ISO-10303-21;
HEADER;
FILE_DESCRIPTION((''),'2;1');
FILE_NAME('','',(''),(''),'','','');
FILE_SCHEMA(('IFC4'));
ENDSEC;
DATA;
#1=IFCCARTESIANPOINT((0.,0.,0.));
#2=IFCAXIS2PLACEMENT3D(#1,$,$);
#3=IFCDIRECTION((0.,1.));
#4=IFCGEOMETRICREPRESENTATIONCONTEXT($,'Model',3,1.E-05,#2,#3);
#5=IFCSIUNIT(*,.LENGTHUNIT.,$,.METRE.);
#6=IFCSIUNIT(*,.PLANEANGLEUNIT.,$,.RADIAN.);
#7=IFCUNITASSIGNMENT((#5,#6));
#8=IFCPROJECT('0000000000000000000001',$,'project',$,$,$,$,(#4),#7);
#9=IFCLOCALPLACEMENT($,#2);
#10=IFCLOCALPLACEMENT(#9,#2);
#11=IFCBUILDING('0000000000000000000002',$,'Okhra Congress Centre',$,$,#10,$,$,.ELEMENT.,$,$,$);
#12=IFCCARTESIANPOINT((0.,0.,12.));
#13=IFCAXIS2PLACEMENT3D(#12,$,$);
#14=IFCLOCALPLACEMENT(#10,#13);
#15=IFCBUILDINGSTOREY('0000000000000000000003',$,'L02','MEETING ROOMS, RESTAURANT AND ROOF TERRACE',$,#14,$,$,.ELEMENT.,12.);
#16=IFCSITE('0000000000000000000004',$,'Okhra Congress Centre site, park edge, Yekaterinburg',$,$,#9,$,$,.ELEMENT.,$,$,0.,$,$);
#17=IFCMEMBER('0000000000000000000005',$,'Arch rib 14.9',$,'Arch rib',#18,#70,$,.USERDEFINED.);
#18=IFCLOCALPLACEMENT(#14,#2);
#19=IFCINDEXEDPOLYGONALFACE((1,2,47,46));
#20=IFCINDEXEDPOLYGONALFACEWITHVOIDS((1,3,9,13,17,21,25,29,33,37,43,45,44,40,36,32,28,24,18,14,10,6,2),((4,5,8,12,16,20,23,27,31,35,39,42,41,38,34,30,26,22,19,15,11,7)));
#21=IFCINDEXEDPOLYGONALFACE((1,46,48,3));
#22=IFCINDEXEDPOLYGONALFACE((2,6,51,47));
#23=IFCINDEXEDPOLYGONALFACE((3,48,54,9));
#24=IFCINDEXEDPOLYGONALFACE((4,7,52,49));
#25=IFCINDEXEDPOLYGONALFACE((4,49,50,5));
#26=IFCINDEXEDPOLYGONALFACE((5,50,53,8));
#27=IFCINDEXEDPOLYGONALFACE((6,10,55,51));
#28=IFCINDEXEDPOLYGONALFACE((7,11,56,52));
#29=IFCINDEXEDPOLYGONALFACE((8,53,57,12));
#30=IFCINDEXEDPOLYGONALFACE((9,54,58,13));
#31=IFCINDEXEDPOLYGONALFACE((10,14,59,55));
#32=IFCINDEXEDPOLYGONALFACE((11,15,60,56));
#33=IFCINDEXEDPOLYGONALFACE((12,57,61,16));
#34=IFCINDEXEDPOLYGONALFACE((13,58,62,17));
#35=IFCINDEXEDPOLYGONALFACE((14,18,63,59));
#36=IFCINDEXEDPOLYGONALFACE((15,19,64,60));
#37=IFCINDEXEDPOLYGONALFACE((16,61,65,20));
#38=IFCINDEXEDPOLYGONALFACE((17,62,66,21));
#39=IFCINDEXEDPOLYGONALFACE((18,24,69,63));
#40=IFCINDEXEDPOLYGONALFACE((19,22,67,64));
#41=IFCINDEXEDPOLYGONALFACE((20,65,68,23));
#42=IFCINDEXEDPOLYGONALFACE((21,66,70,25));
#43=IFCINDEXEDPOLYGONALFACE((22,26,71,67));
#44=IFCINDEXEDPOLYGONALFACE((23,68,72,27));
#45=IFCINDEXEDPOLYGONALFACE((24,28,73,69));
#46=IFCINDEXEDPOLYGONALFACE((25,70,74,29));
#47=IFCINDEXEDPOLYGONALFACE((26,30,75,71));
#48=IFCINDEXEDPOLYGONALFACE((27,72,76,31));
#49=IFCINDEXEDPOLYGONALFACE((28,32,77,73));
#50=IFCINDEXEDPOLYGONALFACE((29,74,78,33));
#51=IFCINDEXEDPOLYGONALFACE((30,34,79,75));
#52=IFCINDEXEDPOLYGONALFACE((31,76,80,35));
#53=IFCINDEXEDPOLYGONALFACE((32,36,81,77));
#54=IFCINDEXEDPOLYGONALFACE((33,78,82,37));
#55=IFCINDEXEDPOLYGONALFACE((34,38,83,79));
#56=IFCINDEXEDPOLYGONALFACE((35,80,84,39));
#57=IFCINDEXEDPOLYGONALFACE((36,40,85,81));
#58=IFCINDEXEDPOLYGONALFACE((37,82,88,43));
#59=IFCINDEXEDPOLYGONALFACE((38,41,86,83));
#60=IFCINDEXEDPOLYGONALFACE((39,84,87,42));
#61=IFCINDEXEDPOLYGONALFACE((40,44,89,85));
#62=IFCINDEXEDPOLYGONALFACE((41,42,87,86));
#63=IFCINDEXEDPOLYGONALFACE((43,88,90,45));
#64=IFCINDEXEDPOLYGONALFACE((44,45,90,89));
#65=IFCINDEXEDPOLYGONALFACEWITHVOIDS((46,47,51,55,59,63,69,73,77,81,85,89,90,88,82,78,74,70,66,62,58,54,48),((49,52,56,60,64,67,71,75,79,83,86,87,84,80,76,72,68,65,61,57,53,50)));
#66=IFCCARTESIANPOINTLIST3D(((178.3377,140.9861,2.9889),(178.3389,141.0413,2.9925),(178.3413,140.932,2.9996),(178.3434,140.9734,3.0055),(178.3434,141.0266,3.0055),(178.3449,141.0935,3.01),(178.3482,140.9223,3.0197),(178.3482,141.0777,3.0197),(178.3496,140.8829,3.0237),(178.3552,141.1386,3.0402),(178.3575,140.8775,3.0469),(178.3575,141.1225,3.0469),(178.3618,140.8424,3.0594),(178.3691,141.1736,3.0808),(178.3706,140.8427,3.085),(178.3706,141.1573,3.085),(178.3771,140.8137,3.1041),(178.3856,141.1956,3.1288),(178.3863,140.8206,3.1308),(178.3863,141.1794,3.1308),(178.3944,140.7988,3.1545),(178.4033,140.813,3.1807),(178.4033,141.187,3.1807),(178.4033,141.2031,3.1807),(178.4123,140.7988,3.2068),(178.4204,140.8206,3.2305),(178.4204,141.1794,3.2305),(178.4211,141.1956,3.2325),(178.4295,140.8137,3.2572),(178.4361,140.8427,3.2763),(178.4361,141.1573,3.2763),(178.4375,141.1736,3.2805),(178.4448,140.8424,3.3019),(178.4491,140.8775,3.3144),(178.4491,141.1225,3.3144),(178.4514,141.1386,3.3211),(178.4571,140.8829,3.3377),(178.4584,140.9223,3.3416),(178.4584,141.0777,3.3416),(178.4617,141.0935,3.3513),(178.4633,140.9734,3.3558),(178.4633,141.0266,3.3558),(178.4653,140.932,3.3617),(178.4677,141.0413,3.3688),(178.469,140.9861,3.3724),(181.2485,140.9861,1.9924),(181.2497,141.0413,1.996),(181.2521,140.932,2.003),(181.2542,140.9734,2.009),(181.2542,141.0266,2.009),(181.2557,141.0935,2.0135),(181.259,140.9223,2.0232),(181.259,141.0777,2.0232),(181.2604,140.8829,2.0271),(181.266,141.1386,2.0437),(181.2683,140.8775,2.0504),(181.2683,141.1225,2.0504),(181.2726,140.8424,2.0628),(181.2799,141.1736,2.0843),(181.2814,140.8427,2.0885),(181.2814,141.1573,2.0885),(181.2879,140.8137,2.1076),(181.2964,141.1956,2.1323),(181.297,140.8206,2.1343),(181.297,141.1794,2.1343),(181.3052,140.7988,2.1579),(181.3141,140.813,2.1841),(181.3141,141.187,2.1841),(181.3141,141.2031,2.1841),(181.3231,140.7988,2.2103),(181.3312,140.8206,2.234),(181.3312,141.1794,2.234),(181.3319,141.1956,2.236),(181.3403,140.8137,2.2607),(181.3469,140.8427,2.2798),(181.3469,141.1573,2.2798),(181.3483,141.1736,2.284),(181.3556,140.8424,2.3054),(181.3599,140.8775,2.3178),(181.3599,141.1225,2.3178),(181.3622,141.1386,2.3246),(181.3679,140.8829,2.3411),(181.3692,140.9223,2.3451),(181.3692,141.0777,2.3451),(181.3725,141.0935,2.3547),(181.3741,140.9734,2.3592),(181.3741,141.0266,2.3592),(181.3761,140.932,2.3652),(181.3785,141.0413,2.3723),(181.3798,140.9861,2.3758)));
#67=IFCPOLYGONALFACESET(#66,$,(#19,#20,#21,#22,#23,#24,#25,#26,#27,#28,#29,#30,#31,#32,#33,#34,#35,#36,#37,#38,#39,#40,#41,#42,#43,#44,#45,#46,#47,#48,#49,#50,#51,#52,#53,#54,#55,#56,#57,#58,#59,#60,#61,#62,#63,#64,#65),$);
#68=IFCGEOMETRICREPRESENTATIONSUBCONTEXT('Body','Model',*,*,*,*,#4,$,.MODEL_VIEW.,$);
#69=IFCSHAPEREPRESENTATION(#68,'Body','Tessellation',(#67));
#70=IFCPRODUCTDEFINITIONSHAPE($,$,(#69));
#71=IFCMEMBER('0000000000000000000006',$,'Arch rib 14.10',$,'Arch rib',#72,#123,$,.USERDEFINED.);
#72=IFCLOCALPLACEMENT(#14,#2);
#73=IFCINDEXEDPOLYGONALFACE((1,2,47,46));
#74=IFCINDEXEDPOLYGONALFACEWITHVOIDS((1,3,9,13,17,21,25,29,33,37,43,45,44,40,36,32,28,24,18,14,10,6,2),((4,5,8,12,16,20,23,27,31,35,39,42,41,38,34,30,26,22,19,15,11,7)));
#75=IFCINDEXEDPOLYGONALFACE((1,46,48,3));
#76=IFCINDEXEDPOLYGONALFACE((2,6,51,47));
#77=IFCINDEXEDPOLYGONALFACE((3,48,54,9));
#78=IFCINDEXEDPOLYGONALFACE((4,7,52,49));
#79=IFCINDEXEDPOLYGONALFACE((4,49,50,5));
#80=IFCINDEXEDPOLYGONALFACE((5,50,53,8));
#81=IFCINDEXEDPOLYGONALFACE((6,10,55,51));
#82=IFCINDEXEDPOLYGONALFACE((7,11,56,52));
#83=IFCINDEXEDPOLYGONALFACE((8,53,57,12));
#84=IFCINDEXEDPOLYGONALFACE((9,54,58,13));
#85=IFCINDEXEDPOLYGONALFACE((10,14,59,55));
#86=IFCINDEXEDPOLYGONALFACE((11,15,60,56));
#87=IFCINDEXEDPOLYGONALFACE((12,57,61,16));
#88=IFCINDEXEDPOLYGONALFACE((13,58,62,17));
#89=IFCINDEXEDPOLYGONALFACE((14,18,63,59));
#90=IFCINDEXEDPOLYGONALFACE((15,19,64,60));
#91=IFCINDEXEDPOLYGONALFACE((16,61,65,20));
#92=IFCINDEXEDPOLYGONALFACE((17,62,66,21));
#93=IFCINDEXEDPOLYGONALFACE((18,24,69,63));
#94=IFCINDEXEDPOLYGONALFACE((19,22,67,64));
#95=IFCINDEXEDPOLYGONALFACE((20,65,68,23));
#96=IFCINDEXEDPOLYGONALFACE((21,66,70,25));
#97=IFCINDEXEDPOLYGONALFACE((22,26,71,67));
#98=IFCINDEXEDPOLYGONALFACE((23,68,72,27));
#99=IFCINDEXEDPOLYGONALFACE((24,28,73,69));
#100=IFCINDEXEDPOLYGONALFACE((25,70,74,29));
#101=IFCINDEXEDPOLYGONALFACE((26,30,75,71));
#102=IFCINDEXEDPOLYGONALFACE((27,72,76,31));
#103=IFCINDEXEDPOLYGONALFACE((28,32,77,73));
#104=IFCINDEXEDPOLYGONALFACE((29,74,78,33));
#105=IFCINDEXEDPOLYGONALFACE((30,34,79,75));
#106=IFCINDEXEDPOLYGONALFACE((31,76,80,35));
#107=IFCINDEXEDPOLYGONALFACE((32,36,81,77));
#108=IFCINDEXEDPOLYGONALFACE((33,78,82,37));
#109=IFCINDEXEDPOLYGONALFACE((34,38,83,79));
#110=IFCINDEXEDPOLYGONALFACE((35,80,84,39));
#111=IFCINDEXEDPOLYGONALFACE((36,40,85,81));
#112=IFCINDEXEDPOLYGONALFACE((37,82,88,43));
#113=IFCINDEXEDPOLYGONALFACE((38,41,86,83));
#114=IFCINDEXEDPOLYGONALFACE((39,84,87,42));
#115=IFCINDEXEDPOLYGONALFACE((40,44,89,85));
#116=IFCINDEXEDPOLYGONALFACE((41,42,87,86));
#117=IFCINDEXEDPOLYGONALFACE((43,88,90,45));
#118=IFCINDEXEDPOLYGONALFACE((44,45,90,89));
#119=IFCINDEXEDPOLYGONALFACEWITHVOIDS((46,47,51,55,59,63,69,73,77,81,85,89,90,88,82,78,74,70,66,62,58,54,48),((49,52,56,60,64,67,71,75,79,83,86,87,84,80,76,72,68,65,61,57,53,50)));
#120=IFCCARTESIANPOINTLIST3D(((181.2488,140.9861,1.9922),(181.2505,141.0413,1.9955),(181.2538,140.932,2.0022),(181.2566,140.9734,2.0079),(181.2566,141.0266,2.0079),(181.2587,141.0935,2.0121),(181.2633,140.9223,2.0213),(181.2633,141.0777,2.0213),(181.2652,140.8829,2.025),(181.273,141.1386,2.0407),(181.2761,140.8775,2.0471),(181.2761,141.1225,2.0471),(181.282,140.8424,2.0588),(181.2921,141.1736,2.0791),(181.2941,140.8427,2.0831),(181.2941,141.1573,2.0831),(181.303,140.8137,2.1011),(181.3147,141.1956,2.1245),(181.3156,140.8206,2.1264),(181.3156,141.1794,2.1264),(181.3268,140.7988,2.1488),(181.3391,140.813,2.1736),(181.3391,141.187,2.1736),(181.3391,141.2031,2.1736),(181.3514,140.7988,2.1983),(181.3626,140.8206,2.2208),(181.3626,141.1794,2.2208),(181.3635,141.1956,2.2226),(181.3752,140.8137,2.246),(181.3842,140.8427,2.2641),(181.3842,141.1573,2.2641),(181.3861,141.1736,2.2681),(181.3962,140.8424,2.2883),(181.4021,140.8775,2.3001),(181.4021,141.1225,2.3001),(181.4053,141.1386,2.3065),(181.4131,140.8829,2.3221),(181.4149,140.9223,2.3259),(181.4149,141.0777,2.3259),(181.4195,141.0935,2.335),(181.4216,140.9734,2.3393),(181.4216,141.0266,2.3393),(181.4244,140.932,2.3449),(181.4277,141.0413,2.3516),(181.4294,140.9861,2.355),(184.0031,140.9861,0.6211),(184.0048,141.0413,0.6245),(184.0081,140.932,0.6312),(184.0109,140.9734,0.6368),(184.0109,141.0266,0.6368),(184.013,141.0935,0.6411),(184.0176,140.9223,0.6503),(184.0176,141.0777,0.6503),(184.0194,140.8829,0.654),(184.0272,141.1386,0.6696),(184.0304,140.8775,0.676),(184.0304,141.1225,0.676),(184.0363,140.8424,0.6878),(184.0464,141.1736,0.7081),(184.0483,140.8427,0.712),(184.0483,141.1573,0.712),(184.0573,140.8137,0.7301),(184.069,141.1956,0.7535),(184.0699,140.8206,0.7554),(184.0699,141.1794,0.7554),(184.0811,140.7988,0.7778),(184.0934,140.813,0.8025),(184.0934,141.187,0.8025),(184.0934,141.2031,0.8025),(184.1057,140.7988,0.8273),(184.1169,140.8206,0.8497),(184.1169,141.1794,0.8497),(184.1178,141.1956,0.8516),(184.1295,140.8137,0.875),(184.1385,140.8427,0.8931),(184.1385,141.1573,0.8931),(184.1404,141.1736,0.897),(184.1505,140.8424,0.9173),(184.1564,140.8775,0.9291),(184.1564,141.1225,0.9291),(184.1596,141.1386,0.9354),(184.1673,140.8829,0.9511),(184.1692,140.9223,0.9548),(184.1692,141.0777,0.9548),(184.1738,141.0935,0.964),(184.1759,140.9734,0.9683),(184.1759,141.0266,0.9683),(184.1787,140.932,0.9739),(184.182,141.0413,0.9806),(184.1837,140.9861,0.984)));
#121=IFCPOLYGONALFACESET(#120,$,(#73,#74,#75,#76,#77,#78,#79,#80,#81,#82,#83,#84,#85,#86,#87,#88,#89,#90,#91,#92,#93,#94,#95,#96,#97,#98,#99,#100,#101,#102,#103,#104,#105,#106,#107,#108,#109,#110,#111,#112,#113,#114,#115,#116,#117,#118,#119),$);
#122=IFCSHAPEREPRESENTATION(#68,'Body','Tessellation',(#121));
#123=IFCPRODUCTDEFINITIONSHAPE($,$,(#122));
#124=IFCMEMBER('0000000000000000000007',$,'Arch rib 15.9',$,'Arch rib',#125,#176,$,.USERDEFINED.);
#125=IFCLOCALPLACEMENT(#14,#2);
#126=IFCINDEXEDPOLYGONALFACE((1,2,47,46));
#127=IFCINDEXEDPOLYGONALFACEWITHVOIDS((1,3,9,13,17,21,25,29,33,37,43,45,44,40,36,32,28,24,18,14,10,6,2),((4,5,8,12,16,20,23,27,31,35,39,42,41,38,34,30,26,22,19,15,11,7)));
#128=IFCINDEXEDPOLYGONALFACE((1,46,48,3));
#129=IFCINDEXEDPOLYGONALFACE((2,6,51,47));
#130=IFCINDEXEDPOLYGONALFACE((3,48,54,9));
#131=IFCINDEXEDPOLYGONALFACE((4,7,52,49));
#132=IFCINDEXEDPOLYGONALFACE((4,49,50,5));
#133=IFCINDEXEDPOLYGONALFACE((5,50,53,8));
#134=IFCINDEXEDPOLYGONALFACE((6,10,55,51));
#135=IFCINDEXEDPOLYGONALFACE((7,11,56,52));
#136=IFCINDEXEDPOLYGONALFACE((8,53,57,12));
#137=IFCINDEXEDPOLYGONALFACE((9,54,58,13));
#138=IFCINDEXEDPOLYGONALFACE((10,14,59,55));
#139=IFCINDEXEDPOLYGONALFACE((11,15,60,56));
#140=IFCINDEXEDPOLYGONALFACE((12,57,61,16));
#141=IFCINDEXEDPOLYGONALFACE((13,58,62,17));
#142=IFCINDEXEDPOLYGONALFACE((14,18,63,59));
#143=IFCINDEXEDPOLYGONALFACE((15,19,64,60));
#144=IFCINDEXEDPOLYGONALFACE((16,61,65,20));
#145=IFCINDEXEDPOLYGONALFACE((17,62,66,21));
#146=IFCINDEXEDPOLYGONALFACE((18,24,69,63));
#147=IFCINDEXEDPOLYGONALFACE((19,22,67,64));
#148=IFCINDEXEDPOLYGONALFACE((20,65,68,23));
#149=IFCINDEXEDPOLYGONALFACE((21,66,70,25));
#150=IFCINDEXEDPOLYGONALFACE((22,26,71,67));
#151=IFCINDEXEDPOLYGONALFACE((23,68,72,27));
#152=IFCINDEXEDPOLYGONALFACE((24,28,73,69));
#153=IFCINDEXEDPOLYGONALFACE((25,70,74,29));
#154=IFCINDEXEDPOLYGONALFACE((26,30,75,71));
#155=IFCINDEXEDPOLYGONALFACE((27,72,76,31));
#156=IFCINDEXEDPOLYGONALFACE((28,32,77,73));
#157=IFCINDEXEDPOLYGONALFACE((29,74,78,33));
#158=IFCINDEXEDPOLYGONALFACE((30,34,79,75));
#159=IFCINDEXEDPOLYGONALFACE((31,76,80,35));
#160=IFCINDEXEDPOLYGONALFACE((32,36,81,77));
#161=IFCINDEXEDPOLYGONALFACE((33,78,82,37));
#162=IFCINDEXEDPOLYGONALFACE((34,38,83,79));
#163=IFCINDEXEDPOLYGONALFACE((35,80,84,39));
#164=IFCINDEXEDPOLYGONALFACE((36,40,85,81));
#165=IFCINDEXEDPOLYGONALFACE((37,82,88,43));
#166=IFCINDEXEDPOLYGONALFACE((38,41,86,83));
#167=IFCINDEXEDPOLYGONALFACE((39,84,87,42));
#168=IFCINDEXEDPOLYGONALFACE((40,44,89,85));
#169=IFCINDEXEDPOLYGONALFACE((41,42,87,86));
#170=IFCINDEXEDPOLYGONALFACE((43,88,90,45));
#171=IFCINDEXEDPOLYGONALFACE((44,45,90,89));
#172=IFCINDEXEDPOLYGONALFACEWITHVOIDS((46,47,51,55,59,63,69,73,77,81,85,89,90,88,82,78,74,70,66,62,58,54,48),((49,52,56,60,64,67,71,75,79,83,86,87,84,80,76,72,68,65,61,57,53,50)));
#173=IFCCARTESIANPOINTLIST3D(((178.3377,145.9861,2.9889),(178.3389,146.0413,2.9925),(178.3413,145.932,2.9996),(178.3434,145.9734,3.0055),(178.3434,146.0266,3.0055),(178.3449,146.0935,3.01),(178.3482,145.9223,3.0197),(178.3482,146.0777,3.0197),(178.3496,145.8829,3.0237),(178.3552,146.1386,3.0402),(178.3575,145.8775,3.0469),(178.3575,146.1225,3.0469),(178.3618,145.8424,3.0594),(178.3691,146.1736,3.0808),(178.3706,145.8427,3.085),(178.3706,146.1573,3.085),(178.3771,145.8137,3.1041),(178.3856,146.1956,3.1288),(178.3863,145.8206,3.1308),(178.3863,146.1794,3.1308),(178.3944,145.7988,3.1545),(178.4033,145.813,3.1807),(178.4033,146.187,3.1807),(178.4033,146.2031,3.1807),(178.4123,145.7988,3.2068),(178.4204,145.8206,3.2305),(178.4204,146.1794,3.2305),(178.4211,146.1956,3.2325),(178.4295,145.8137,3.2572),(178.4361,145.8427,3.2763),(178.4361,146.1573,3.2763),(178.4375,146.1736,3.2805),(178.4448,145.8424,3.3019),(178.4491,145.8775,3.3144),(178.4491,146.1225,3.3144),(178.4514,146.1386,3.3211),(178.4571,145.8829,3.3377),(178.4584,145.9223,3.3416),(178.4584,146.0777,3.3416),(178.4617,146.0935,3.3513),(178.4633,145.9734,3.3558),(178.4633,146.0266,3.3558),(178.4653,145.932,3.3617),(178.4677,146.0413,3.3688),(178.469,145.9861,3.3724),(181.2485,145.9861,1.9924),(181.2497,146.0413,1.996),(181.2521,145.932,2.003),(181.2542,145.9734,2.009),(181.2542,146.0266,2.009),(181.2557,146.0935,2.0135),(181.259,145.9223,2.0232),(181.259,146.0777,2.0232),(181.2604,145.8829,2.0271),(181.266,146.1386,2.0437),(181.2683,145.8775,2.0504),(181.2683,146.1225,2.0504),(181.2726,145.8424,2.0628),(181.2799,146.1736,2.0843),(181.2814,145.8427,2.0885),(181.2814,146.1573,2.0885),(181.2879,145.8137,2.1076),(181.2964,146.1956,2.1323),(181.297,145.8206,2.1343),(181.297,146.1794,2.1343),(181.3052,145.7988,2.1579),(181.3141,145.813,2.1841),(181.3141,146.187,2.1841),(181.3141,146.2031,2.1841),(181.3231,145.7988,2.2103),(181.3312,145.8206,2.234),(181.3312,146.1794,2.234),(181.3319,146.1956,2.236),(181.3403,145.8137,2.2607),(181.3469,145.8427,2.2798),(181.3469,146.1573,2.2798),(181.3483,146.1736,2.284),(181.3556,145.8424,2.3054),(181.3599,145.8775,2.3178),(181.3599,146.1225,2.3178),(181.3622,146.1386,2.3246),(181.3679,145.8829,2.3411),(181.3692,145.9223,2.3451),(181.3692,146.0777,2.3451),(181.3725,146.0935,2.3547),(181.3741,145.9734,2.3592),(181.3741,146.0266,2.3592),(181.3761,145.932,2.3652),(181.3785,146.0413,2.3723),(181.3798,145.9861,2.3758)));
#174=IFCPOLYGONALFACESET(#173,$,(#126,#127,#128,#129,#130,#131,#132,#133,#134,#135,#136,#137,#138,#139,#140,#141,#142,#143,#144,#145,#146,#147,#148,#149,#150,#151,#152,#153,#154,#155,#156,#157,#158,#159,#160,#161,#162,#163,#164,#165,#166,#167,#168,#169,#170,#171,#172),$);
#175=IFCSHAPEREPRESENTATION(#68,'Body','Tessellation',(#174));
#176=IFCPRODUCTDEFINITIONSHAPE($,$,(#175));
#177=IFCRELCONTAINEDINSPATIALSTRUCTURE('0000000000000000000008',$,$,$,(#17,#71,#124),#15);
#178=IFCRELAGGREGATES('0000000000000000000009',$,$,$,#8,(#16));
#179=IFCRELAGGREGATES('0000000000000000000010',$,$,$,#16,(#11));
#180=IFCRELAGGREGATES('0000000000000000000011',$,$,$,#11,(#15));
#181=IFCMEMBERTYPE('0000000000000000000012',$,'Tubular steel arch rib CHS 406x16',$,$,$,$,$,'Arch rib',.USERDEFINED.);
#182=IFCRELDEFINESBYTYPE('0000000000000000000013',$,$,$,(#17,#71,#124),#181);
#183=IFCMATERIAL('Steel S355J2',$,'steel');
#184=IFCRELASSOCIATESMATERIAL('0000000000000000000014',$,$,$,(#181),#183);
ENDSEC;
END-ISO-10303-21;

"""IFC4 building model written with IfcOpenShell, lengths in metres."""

from ifc_helpers import new_model, si_unit, direction, frame, origin, origin_2d, place, context, subcontext, project, spatial, hollow_circle, extrude, material, material_profile, profile_set, type_object, element, save


model = new_model("IFC4")

# Units and contexts
model_context = context("Model", 3, precision=1e-05, world=origin(), true_north=direction((0.0, 1.0)))
body_context = subcontext(model_context, "Body", "Model", "MODEL_VIEW")
ifc_project = project(units=[si_unit("LENGTHUNIT", "METRE"), si_unit("PLANEANGLEUNIT", "RADIAN")], contexts=[model_context])

# Site, building, storey
site_placement = place(None, origin())
site = spatial("IfcSite", under=ifc_project, at=site_placement, Name="Okhra Congress Centre site, park edge, Yekaterinburg", CompositionType="ELEMENT", RefElevation=0.0)
building_placement = place(site_placement, origin())
building = spatial("IfcBuilding", under=site, at=building_placement, Name="Okhra Congress Centre", CompositionType="ELEMENT")
storey_placement = place(building_placement, frame((0.0, 0.0, 12.0)))
storey = spatial("IfcBuildingStorey", under=building, at=storey_placement, Name="L02", Description="MEETING ROOMS, RESTAURANT AND ROOF TERRACE", CompositionType="ELEMENT", Elevation=12.0)

# Members
ifc_material_1 = material(Name="Steel S355J2", Category="steel")
ifc_material_profile_1 = material_profile(ifc_material_1, hollow_circle(Radius=0.2031, WallThickness=0.0161, at=origin_2d()), Name="CHS 406.4x16")
ifc_profile_set_1 = profile_set([ifc_material_profile_1], Name="Steel S355J2")
member_type_1 = type_object("IfcMemberType", Name="Tubular steel arch rib CHS 406x16", ElementType="Arch rib", PredefinedType="USERDEFINED", material=ifc_profile_set_1)
for number, where, z_axis, x_axis, name in (
    (1, (178.4033, 141.0, 3.1807), (0.946089, 0.0, -0.323906), (0.0, 1.0, 0.0), "Arch rib 14.9"),
    (2, (181.3391, 141.0, 2.1736), (0.895219, 0.0, -0.445626), (0.0, 1.0, 0.0), "Arch rib 14.10"),
    (3, (178.4033, 146.0, 3.1807), (0.946089, 0.0, -0.323906), (0.0, 1.0, 0.0), "Arch rib 15.9"),
):
    element("IfcMember", number, at=place(storey_placement, frame(where, z_axis=z_axis, x_axis=x_axis)), inside=storey, type_object=member_type_1, Name=name, ObjectType="Arch rib", PredefinedType="USERDEFINED", context=body_context, shape_type="SweptSolid", body=[
        extrude(hollow_circle(Radius=0.2031, WallThickness=0.0161, at=origin_2d()), origin(), (0.0, 0.0, 1.0), 3.0767),
    ])

save(model, "model.ifc")
